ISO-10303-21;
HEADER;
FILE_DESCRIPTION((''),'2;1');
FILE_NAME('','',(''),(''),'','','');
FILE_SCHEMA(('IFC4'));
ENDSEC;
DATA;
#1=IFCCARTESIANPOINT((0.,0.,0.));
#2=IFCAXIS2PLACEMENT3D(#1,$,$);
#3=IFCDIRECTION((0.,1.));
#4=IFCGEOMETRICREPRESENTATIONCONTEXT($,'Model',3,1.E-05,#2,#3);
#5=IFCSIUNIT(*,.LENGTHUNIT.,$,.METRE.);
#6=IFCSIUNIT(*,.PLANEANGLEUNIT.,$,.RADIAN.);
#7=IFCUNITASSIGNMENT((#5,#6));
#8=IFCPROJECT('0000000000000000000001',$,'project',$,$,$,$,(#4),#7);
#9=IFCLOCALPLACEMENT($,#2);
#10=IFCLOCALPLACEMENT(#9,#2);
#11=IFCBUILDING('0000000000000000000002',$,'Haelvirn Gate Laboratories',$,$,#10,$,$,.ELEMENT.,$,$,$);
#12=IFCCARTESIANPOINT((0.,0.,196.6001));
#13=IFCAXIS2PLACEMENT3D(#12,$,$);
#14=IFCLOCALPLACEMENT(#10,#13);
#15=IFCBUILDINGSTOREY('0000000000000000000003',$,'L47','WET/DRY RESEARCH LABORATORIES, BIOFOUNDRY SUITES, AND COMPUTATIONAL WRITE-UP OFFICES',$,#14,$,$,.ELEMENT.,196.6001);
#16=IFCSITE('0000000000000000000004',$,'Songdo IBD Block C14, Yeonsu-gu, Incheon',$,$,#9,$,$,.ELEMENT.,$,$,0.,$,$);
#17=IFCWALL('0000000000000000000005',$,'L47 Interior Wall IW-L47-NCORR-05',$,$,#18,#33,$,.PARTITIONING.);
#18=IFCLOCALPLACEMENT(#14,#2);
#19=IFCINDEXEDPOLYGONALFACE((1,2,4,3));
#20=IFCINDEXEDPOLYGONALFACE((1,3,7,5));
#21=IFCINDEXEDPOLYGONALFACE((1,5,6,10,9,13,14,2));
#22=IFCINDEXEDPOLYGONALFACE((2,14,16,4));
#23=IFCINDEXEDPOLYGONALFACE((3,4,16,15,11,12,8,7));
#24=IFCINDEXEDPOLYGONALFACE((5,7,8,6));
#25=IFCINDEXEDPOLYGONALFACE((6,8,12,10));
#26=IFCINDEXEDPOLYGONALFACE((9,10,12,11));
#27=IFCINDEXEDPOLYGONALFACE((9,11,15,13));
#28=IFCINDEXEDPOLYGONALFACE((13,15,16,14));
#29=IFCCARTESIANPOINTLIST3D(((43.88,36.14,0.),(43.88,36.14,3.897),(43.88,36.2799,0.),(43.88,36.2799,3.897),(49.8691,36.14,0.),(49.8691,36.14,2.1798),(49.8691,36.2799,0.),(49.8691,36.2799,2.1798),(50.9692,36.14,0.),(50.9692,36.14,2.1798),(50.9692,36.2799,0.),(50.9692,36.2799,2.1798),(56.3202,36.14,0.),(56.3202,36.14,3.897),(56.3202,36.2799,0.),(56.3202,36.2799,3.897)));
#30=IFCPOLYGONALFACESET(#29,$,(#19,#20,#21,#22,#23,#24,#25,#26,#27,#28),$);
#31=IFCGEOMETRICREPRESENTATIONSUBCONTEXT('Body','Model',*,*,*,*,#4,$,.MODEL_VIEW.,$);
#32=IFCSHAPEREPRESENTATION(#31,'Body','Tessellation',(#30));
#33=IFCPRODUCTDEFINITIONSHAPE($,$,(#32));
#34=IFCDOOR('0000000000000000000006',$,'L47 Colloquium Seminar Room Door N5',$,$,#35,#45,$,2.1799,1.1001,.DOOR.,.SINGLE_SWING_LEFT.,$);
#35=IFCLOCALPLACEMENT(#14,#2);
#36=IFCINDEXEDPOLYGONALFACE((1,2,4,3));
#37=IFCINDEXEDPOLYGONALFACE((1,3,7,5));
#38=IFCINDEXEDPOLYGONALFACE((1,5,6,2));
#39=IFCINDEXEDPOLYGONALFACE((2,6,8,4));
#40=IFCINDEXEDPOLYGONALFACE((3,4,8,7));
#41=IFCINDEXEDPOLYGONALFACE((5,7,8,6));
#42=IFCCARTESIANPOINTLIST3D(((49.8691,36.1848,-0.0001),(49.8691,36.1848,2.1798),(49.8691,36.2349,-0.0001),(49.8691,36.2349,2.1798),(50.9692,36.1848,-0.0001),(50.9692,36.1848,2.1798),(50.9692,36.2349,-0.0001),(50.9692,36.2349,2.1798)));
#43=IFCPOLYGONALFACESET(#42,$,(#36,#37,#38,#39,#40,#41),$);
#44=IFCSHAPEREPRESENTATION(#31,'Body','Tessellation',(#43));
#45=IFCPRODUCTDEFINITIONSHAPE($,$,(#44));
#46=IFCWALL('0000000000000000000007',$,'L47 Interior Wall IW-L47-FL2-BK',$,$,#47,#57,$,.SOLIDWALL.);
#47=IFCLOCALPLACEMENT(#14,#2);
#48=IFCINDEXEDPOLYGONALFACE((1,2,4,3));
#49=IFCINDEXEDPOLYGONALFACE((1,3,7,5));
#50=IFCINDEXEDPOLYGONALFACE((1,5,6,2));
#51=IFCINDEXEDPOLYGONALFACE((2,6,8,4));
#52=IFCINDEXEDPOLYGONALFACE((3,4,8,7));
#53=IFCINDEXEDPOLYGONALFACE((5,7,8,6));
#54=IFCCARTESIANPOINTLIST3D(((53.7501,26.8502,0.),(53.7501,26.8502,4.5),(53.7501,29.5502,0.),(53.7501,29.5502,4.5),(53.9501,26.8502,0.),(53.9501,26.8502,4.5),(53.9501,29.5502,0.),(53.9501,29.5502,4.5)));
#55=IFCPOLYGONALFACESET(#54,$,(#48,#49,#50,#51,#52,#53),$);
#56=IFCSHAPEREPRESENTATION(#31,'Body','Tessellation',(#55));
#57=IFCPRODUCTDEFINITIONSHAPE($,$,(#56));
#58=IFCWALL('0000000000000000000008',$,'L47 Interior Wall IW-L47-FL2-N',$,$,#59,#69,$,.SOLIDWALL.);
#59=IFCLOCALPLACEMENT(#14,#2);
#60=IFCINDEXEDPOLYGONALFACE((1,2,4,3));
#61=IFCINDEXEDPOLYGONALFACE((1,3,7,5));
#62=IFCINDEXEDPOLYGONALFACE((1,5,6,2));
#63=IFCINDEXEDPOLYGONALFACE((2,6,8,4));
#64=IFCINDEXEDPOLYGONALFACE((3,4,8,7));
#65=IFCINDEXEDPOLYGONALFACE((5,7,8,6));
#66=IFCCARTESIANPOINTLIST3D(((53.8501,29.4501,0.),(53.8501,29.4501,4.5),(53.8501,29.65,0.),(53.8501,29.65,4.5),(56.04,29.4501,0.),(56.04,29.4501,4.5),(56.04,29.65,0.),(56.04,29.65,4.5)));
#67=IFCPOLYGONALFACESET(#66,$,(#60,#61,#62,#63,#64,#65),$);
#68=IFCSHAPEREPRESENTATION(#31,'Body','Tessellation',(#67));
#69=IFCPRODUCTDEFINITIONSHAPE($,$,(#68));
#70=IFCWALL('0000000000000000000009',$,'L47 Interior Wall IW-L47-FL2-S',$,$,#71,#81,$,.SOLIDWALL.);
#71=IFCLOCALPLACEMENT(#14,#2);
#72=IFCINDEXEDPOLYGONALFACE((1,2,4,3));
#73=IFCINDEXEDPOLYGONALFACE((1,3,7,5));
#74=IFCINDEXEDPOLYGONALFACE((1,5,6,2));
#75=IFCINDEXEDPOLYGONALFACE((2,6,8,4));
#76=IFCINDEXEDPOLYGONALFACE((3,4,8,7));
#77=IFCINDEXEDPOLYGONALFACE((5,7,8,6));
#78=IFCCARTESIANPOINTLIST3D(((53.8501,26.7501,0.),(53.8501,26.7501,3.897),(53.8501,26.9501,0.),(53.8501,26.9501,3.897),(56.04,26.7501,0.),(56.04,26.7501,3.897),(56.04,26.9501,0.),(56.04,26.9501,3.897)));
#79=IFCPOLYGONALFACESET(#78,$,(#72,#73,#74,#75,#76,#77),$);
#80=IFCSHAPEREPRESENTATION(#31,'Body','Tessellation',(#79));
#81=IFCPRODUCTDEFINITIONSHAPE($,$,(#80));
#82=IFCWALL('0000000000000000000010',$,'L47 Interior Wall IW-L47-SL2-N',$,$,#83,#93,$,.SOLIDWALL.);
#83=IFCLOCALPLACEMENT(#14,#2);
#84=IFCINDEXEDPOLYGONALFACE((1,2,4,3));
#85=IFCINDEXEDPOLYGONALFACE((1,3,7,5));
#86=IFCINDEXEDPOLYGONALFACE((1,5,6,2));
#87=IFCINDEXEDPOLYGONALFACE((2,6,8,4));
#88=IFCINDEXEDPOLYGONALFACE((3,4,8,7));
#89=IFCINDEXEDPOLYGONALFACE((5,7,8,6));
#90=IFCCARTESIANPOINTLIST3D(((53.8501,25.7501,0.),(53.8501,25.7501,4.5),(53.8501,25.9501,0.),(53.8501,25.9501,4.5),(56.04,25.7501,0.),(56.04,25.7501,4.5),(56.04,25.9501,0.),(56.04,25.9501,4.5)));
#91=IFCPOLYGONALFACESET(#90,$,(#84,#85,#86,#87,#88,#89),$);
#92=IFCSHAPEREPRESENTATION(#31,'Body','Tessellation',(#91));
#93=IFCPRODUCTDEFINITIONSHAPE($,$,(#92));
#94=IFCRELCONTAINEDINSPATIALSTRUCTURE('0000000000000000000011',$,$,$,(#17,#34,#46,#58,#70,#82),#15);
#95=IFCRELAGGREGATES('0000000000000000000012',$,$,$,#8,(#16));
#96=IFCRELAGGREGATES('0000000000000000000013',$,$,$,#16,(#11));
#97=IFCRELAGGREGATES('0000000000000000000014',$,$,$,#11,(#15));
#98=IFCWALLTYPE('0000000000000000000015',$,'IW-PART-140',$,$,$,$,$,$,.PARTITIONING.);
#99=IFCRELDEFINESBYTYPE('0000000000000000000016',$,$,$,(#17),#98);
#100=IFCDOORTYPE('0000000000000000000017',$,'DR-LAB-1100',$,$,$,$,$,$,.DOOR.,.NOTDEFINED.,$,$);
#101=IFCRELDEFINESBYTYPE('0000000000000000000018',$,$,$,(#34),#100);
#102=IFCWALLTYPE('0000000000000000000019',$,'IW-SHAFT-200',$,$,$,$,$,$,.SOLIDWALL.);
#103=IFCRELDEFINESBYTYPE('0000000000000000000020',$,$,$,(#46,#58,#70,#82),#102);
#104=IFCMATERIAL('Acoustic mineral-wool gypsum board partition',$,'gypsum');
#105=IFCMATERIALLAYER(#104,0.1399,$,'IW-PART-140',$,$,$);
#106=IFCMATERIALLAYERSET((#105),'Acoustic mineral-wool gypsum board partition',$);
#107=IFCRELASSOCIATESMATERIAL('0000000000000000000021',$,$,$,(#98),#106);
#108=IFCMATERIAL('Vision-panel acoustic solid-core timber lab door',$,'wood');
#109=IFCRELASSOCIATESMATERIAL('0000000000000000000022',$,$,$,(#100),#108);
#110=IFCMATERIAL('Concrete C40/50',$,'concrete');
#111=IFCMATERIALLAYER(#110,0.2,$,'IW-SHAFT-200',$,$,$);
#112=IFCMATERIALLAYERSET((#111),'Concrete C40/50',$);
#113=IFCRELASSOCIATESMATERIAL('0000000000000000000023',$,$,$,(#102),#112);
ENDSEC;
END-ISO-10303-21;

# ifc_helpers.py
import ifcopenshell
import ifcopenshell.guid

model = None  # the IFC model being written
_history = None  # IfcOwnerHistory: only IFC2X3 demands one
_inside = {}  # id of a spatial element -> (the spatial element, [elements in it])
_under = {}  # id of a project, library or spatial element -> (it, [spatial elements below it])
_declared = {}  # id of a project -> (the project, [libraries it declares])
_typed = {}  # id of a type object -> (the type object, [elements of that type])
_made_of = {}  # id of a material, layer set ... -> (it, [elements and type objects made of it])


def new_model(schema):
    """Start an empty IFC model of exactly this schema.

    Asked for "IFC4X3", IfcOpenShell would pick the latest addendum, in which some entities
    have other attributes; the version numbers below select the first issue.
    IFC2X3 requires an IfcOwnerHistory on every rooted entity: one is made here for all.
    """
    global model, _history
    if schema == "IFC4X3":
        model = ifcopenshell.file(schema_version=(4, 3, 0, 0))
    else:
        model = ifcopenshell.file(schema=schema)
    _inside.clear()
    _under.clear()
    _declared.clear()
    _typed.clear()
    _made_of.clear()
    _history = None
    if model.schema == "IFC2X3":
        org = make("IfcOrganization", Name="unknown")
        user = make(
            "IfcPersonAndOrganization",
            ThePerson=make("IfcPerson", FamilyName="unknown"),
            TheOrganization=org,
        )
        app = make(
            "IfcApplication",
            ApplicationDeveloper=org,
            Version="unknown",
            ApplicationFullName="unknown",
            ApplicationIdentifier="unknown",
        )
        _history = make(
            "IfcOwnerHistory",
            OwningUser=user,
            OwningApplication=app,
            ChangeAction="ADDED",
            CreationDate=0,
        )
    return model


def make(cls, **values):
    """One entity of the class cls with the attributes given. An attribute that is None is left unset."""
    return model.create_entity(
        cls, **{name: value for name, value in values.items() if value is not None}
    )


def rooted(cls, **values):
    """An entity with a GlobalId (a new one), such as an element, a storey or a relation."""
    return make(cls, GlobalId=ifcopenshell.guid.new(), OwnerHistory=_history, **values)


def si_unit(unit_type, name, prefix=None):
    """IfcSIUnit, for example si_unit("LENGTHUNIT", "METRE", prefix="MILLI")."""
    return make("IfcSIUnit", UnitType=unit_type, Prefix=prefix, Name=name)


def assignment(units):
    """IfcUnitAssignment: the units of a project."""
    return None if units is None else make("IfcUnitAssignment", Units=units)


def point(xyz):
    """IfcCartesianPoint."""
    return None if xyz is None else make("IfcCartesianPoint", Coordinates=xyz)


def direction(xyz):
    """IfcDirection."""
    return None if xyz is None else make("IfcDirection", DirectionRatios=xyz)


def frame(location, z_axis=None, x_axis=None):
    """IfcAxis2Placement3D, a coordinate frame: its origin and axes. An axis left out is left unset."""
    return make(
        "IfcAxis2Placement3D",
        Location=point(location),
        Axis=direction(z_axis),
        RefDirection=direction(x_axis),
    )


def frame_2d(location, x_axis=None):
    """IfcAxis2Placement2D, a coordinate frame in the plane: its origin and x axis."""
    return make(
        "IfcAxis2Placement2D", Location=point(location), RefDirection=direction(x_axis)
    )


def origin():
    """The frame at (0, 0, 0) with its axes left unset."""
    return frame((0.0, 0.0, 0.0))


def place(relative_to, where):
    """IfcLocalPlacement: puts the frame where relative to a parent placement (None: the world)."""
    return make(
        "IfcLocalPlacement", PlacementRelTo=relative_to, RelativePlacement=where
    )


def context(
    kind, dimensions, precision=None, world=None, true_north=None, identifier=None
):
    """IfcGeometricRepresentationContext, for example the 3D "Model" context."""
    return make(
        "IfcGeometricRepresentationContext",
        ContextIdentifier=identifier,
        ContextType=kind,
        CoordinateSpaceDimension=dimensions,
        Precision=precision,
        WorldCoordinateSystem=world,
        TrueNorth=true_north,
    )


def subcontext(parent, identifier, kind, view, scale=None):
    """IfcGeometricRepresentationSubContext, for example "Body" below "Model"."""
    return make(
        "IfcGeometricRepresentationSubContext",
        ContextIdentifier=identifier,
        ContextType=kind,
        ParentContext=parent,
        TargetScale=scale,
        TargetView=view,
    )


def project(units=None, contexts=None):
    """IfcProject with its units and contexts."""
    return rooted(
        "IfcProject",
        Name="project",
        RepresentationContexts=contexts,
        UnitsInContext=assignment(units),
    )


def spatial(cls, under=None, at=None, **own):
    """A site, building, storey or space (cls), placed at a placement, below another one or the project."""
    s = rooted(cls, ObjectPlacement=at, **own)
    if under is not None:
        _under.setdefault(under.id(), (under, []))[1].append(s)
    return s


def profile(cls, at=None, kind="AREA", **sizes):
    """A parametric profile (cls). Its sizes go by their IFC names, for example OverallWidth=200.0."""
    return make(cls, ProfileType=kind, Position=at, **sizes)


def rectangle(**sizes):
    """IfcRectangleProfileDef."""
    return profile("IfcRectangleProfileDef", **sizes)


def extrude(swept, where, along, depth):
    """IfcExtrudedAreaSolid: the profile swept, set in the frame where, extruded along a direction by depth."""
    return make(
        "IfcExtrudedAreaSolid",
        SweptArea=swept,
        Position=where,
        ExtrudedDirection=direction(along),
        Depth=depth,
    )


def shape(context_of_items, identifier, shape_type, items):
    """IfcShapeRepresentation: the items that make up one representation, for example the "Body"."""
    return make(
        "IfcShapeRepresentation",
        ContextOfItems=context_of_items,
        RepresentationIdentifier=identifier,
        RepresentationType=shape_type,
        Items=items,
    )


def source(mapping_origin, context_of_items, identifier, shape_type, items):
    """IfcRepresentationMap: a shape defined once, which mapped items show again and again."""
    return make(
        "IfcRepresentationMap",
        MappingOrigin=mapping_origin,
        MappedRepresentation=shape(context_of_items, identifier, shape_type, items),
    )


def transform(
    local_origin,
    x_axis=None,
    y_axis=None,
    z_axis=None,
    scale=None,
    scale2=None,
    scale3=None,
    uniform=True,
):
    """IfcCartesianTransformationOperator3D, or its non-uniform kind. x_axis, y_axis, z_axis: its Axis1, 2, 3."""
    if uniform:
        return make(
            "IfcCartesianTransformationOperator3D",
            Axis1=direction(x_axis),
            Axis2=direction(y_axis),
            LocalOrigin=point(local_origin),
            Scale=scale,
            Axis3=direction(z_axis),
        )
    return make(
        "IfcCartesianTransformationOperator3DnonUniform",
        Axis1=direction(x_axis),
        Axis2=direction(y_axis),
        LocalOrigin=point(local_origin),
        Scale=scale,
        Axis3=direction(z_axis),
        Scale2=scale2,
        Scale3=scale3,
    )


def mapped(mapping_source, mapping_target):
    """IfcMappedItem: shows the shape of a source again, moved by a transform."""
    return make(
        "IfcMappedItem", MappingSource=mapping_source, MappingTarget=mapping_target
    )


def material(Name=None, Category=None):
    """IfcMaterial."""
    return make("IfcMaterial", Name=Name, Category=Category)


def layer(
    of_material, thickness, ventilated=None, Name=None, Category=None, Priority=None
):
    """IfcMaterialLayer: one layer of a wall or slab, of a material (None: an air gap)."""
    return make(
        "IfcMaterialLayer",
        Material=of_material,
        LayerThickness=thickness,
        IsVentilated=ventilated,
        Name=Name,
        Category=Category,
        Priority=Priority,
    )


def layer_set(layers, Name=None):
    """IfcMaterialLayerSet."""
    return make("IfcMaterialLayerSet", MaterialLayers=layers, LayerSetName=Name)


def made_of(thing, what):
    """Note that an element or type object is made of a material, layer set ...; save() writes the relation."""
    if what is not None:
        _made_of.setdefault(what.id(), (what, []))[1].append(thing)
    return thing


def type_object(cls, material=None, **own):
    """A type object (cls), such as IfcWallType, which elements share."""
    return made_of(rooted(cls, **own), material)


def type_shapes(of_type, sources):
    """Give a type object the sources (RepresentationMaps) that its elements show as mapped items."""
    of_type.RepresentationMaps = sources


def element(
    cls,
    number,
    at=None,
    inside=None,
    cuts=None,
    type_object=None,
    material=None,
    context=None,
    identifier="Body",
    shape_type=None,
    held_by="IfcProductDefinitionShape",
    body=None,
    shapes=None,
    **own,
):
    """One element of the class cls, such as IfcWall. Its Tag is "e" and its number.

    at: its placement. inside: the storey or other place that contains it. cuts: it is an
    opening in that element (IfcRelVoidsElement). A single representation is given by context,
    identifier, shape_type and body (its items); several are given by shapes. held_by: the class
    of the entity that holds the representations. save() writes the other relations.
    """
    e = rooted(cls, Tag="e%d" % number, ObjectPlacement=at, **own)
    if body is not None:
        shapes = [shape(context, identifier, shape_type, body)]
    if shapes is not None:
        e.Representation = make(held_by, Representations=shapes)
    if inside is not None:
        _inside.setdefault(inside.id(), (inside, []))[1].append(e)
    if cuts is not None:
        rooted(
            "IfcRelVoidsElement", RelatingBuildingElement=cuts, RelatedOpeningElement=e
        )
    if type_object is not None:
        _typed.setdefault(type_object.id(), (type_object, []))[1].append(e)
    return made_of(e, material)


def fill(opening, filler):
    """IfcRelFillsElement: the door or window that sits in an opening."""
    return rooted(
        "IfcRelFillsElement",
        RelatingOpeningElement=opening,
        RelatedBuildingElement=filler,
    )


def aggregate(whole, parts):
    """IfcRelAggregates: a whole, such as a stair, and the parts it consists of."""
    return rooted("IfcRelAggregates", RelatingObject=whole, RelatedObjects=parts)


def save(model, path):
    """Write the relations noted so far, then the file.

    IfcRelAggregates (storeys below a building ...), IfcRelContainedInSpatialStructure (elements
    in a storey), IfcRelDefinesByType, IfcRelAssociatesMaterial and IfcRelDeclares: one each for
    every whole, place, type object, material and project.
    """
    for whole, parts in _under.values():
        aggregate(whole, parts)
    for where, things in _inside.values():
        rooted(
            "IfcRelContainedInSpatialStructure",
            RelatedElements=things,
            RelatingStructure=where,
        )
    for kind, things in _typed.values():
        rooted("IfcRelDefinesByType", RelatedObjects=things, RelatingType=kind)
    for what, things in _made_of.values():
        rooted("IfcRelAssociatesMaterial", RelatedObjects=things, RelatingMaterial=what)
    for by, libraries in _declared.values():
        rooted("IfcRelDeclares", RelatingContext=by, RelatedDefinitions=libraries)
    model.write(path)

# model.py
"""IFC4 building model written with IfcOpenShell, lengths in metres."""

from ifc_helpers import new_model, si_unit, direction, frame, frame_2d, origin, place, context, subcontext, project, spatial, rectangle, extrude, source, transform, mapped, material, layer, layer_set, type_object, type_shapes, element, fill, save


model = new_model("IFC4")

# Units and contexts
model_context = context("Model", 3, precision=1e-05, world=origin(), true_north=direction((0.0, 1.0)))
body_context = subcontext(model_context, "Body", "Model", "MODEL_VIEW")
ifc_project = project(units=[si_unit("LENGTHUNIT", "METRE"), si_unit("PLANEANGLEUNIT", "RADIAN")], contexts=[model_context])

# Site, building, storey
site_placement = place(None, origin())
site = spatial("IfcSite", under=ifc_project, at=site_placement, Name="Songdo IBD Block C14, Yeonsu-gu, Incheon", CompositionType="ELEMENT", RefElevation=0.0)
building_placement = place(site_placement, origin())
building = spatial("IfcBuilding", under=site, at=building_placement, Name="Haelvirn Gate Laboratories", CompositionType="ELEMENT")
storey_placement = place(building_placement, frame((0.0, 0.0, 196.6001)))
storey = spatial("IfcBuildingStorey", under=building, at=storey_placement, Name="L47", Description="WET/DRY RESEARCH LABORATORIES, BIOFOUNDRY SUITES, AND COMPUTATIONAL WRITE-UP OFFICES", CompositionType="ELEMENT", Elevation=196.6001)

# Wall, opening, door
ifc_material_1 = material(Name="Acoustic mineral-wool gypsum board partition", Category="gypsum")
ifc_layer_1 = layer(ifc_material_1, 0.1399, Name="IW-PART-140")
ifc_layer_set_1 = layer_set([ifc_layer_1], Name="Acoustic mineral-wool gypsum board partition")
wall_type_1 = type_object("IfcWallType", Name="IW-PART-140", PredefinedType="PARTITIONING", material=ifc_layer_set_1)
wall_1_placement = place(storey_placement, frame((43.8799, 36.21, 0.0), z_axis=(0.0, 0.0, 1.0), x_axis=(1.0, 0.0, 0.0)))
wall_1 = element("IfcWall", 1, at=wall_1_placement, inside=storey, type_object=wall_type_1, Name="L47 Interior Wall IW-L47-NCORR-05", PredefinedType="PARTITIONING", context=body_context, shape_type="SweptSolid", body=[
    extrude(rectangle(XDim=12.4402, YDim=0.1399, at=frame_2d((6.2202, 0.0))), origin(), (0.0, 0.0, 1.0), 3.897),
])
opening_1_placement = place(wall_1_placement, frame((5.9893, 0.0, 0.0)))
opening_1 = element("IfcOpeningElement", 2, at=opening_1_placement, cuts=wall_1, PredefinedType="OPENING", context=body_context, shape_type="SweptSolid", body=[
    extrude(rectangle(XDim=1.1001, YDim=2.1799, at=frame_2d((0.55, 1.0898))), frame((0.0, 0.0801, 0.0), z_axis=(0.0, -1.0, 0.0), x_axis=(1.0, 0.0, 0.0)), (0.0, 0.0, 1.0), 0.1599),
])
ifc_material_2 = material(Name="Vision-panel acoustic solid-core timber lab door", Category="wood")
door_type_1 = type_object("IfcDoorType", Name="DR-LAB-1100", OperationType="NOTDEFINED", PredefinedType="DOOR", material=ifc_material_2)
shared_shape_1 = source(origin(), body_context, "Body", "SweptSolid", [
    extrude(rectangle(XDim=1.1001, YDim=2.1799, at=frame_2d((0.55, 1.0898))), frame((0.0, 0.0249, 0.0), z_axis=(0.0, -1.0, 0.0), x_axis=(1.0, 0.0, 0.0)), (0.0, 0.0, 1.0), 0.05),
])
type_shapes(door_type_1, [shared_shape_1])
door_1_placement = place(opening_1_placement, origin())
door_1 = element("IfcDoor", 3, at=door_1_placement, inside=storey, type_object=door_type_1, Name="L47 Colloquium Seminar Room Door N5", OperationType="SINGLE_SWING_LEFT", OverallHeight=2.1799, OverallWidth=1.1001, PredefinedType="DOOR", context=body_context, shape_type="MappedRepresentation", body=[
    mapped(shared_shape_1, transform((0.0, 0.0, 0.0), scale=1.0)),
])
fill(opening_1, door_1)

# Walls
ifc_material_3 = material(Name="Concrete C40/50", Category="concrete")
ifc_layer_2 = layer(ifc_material_3, 0.2, Name="IW-SHAFT-200")
ifc_layer_set_2 = layer_set([ifc_layer_2], Name="Concrete C40/50")
wall_type_2 = type_object("IfcWallType", Name="IW-SHAFT-200", PredefinedType="SOLIDWALL", material=ifc_layer_set_2)
wall_2_placement = place(storey_placement, frame((53.8501, 26.8501, 0.0), z_axis=(0.0, 0.0, 1.0), x_axis=(0.0, 1.0, 0.0)))
element("IfcWall", 4, at=wall_2_placement, inside=storey, type_object=wall_type_2, Name="L47 Interior Wall IW-L47-FL2-BK", PredefinedType="SOLIDWALL", context=body_context, shape_type="SweptSolid", body=[
    extrude(rectangle(XDim=2.7, YDim=0.2, at=frame_2d((1.3501, 0.0))), origin(), (0.0, 0.0, 1.0), 4.5),
])
wall_3_placement = place(storey_placement, frame((53.8501, 29.55, 0.0), z_axis=(0.0, 0.0, 1.0), x_axis=(1.0, 0.0, 0.0)))
element("IfcWall", 5, at=wall_3_placement, inside=storey, type_object=wall_type_2, Name="L47 Interior Wall IW-L47-FL2-N", PredefinedType="SOLIDWALL", context=body_context, shape_type="SweptSolid", body=[
    extrude(rectangle(XDim=2.1899, YDim=0.2, at=frame_2d((1.095, 0.0))), origin(), (0.0, 0.0, 1.0), 4.5),
])
wall_4_placement = place(storey_placement, frame((53.8501, 26.8501, 0.0), z_axis=(0.0, 0.0, 1.0), x_axis=(1.0, 0.0, 0.0)))
element("IfcWall", 6, at=wall_4_placement, inside=storey, type_object=wall_type_2, Name="L47 Interior Wall IW-L47-FL2-S", PredefinedType="SOLIDWALL", context=body_context, shape_type="SweptSolid", body=[
    extrude(rectangle(XDim=2.1899, YDim=0.2, at=frame_2d((1.095, 0.0))), origin(), (0.0, 0.0, 1.0), 3.897),
])
wall_5_placement = place(storey_placement, frame((53.8501, 25.8501, 0.0), z_axis=(0.0, 0.0, 1.0), x_axis=(1.0, 0.0, 0.0)))
element("IfcWall", 7, at=wall_5_placement, inside=storey, type_object=wall_type_2, Name="L47 Interior Wall IW-L47-SL2-N", PredefinedType="SOLIDWALL", context=body_context, shape_type="SweptSolid", body=[
    extrude(rectangle(XDim=2.1899, YDim=0.2, at=frame_2d((1.095, 0.0))), origin(), (0.0, 0.0, 1.0), 4.5),
])

save(model, "model.ifc")
